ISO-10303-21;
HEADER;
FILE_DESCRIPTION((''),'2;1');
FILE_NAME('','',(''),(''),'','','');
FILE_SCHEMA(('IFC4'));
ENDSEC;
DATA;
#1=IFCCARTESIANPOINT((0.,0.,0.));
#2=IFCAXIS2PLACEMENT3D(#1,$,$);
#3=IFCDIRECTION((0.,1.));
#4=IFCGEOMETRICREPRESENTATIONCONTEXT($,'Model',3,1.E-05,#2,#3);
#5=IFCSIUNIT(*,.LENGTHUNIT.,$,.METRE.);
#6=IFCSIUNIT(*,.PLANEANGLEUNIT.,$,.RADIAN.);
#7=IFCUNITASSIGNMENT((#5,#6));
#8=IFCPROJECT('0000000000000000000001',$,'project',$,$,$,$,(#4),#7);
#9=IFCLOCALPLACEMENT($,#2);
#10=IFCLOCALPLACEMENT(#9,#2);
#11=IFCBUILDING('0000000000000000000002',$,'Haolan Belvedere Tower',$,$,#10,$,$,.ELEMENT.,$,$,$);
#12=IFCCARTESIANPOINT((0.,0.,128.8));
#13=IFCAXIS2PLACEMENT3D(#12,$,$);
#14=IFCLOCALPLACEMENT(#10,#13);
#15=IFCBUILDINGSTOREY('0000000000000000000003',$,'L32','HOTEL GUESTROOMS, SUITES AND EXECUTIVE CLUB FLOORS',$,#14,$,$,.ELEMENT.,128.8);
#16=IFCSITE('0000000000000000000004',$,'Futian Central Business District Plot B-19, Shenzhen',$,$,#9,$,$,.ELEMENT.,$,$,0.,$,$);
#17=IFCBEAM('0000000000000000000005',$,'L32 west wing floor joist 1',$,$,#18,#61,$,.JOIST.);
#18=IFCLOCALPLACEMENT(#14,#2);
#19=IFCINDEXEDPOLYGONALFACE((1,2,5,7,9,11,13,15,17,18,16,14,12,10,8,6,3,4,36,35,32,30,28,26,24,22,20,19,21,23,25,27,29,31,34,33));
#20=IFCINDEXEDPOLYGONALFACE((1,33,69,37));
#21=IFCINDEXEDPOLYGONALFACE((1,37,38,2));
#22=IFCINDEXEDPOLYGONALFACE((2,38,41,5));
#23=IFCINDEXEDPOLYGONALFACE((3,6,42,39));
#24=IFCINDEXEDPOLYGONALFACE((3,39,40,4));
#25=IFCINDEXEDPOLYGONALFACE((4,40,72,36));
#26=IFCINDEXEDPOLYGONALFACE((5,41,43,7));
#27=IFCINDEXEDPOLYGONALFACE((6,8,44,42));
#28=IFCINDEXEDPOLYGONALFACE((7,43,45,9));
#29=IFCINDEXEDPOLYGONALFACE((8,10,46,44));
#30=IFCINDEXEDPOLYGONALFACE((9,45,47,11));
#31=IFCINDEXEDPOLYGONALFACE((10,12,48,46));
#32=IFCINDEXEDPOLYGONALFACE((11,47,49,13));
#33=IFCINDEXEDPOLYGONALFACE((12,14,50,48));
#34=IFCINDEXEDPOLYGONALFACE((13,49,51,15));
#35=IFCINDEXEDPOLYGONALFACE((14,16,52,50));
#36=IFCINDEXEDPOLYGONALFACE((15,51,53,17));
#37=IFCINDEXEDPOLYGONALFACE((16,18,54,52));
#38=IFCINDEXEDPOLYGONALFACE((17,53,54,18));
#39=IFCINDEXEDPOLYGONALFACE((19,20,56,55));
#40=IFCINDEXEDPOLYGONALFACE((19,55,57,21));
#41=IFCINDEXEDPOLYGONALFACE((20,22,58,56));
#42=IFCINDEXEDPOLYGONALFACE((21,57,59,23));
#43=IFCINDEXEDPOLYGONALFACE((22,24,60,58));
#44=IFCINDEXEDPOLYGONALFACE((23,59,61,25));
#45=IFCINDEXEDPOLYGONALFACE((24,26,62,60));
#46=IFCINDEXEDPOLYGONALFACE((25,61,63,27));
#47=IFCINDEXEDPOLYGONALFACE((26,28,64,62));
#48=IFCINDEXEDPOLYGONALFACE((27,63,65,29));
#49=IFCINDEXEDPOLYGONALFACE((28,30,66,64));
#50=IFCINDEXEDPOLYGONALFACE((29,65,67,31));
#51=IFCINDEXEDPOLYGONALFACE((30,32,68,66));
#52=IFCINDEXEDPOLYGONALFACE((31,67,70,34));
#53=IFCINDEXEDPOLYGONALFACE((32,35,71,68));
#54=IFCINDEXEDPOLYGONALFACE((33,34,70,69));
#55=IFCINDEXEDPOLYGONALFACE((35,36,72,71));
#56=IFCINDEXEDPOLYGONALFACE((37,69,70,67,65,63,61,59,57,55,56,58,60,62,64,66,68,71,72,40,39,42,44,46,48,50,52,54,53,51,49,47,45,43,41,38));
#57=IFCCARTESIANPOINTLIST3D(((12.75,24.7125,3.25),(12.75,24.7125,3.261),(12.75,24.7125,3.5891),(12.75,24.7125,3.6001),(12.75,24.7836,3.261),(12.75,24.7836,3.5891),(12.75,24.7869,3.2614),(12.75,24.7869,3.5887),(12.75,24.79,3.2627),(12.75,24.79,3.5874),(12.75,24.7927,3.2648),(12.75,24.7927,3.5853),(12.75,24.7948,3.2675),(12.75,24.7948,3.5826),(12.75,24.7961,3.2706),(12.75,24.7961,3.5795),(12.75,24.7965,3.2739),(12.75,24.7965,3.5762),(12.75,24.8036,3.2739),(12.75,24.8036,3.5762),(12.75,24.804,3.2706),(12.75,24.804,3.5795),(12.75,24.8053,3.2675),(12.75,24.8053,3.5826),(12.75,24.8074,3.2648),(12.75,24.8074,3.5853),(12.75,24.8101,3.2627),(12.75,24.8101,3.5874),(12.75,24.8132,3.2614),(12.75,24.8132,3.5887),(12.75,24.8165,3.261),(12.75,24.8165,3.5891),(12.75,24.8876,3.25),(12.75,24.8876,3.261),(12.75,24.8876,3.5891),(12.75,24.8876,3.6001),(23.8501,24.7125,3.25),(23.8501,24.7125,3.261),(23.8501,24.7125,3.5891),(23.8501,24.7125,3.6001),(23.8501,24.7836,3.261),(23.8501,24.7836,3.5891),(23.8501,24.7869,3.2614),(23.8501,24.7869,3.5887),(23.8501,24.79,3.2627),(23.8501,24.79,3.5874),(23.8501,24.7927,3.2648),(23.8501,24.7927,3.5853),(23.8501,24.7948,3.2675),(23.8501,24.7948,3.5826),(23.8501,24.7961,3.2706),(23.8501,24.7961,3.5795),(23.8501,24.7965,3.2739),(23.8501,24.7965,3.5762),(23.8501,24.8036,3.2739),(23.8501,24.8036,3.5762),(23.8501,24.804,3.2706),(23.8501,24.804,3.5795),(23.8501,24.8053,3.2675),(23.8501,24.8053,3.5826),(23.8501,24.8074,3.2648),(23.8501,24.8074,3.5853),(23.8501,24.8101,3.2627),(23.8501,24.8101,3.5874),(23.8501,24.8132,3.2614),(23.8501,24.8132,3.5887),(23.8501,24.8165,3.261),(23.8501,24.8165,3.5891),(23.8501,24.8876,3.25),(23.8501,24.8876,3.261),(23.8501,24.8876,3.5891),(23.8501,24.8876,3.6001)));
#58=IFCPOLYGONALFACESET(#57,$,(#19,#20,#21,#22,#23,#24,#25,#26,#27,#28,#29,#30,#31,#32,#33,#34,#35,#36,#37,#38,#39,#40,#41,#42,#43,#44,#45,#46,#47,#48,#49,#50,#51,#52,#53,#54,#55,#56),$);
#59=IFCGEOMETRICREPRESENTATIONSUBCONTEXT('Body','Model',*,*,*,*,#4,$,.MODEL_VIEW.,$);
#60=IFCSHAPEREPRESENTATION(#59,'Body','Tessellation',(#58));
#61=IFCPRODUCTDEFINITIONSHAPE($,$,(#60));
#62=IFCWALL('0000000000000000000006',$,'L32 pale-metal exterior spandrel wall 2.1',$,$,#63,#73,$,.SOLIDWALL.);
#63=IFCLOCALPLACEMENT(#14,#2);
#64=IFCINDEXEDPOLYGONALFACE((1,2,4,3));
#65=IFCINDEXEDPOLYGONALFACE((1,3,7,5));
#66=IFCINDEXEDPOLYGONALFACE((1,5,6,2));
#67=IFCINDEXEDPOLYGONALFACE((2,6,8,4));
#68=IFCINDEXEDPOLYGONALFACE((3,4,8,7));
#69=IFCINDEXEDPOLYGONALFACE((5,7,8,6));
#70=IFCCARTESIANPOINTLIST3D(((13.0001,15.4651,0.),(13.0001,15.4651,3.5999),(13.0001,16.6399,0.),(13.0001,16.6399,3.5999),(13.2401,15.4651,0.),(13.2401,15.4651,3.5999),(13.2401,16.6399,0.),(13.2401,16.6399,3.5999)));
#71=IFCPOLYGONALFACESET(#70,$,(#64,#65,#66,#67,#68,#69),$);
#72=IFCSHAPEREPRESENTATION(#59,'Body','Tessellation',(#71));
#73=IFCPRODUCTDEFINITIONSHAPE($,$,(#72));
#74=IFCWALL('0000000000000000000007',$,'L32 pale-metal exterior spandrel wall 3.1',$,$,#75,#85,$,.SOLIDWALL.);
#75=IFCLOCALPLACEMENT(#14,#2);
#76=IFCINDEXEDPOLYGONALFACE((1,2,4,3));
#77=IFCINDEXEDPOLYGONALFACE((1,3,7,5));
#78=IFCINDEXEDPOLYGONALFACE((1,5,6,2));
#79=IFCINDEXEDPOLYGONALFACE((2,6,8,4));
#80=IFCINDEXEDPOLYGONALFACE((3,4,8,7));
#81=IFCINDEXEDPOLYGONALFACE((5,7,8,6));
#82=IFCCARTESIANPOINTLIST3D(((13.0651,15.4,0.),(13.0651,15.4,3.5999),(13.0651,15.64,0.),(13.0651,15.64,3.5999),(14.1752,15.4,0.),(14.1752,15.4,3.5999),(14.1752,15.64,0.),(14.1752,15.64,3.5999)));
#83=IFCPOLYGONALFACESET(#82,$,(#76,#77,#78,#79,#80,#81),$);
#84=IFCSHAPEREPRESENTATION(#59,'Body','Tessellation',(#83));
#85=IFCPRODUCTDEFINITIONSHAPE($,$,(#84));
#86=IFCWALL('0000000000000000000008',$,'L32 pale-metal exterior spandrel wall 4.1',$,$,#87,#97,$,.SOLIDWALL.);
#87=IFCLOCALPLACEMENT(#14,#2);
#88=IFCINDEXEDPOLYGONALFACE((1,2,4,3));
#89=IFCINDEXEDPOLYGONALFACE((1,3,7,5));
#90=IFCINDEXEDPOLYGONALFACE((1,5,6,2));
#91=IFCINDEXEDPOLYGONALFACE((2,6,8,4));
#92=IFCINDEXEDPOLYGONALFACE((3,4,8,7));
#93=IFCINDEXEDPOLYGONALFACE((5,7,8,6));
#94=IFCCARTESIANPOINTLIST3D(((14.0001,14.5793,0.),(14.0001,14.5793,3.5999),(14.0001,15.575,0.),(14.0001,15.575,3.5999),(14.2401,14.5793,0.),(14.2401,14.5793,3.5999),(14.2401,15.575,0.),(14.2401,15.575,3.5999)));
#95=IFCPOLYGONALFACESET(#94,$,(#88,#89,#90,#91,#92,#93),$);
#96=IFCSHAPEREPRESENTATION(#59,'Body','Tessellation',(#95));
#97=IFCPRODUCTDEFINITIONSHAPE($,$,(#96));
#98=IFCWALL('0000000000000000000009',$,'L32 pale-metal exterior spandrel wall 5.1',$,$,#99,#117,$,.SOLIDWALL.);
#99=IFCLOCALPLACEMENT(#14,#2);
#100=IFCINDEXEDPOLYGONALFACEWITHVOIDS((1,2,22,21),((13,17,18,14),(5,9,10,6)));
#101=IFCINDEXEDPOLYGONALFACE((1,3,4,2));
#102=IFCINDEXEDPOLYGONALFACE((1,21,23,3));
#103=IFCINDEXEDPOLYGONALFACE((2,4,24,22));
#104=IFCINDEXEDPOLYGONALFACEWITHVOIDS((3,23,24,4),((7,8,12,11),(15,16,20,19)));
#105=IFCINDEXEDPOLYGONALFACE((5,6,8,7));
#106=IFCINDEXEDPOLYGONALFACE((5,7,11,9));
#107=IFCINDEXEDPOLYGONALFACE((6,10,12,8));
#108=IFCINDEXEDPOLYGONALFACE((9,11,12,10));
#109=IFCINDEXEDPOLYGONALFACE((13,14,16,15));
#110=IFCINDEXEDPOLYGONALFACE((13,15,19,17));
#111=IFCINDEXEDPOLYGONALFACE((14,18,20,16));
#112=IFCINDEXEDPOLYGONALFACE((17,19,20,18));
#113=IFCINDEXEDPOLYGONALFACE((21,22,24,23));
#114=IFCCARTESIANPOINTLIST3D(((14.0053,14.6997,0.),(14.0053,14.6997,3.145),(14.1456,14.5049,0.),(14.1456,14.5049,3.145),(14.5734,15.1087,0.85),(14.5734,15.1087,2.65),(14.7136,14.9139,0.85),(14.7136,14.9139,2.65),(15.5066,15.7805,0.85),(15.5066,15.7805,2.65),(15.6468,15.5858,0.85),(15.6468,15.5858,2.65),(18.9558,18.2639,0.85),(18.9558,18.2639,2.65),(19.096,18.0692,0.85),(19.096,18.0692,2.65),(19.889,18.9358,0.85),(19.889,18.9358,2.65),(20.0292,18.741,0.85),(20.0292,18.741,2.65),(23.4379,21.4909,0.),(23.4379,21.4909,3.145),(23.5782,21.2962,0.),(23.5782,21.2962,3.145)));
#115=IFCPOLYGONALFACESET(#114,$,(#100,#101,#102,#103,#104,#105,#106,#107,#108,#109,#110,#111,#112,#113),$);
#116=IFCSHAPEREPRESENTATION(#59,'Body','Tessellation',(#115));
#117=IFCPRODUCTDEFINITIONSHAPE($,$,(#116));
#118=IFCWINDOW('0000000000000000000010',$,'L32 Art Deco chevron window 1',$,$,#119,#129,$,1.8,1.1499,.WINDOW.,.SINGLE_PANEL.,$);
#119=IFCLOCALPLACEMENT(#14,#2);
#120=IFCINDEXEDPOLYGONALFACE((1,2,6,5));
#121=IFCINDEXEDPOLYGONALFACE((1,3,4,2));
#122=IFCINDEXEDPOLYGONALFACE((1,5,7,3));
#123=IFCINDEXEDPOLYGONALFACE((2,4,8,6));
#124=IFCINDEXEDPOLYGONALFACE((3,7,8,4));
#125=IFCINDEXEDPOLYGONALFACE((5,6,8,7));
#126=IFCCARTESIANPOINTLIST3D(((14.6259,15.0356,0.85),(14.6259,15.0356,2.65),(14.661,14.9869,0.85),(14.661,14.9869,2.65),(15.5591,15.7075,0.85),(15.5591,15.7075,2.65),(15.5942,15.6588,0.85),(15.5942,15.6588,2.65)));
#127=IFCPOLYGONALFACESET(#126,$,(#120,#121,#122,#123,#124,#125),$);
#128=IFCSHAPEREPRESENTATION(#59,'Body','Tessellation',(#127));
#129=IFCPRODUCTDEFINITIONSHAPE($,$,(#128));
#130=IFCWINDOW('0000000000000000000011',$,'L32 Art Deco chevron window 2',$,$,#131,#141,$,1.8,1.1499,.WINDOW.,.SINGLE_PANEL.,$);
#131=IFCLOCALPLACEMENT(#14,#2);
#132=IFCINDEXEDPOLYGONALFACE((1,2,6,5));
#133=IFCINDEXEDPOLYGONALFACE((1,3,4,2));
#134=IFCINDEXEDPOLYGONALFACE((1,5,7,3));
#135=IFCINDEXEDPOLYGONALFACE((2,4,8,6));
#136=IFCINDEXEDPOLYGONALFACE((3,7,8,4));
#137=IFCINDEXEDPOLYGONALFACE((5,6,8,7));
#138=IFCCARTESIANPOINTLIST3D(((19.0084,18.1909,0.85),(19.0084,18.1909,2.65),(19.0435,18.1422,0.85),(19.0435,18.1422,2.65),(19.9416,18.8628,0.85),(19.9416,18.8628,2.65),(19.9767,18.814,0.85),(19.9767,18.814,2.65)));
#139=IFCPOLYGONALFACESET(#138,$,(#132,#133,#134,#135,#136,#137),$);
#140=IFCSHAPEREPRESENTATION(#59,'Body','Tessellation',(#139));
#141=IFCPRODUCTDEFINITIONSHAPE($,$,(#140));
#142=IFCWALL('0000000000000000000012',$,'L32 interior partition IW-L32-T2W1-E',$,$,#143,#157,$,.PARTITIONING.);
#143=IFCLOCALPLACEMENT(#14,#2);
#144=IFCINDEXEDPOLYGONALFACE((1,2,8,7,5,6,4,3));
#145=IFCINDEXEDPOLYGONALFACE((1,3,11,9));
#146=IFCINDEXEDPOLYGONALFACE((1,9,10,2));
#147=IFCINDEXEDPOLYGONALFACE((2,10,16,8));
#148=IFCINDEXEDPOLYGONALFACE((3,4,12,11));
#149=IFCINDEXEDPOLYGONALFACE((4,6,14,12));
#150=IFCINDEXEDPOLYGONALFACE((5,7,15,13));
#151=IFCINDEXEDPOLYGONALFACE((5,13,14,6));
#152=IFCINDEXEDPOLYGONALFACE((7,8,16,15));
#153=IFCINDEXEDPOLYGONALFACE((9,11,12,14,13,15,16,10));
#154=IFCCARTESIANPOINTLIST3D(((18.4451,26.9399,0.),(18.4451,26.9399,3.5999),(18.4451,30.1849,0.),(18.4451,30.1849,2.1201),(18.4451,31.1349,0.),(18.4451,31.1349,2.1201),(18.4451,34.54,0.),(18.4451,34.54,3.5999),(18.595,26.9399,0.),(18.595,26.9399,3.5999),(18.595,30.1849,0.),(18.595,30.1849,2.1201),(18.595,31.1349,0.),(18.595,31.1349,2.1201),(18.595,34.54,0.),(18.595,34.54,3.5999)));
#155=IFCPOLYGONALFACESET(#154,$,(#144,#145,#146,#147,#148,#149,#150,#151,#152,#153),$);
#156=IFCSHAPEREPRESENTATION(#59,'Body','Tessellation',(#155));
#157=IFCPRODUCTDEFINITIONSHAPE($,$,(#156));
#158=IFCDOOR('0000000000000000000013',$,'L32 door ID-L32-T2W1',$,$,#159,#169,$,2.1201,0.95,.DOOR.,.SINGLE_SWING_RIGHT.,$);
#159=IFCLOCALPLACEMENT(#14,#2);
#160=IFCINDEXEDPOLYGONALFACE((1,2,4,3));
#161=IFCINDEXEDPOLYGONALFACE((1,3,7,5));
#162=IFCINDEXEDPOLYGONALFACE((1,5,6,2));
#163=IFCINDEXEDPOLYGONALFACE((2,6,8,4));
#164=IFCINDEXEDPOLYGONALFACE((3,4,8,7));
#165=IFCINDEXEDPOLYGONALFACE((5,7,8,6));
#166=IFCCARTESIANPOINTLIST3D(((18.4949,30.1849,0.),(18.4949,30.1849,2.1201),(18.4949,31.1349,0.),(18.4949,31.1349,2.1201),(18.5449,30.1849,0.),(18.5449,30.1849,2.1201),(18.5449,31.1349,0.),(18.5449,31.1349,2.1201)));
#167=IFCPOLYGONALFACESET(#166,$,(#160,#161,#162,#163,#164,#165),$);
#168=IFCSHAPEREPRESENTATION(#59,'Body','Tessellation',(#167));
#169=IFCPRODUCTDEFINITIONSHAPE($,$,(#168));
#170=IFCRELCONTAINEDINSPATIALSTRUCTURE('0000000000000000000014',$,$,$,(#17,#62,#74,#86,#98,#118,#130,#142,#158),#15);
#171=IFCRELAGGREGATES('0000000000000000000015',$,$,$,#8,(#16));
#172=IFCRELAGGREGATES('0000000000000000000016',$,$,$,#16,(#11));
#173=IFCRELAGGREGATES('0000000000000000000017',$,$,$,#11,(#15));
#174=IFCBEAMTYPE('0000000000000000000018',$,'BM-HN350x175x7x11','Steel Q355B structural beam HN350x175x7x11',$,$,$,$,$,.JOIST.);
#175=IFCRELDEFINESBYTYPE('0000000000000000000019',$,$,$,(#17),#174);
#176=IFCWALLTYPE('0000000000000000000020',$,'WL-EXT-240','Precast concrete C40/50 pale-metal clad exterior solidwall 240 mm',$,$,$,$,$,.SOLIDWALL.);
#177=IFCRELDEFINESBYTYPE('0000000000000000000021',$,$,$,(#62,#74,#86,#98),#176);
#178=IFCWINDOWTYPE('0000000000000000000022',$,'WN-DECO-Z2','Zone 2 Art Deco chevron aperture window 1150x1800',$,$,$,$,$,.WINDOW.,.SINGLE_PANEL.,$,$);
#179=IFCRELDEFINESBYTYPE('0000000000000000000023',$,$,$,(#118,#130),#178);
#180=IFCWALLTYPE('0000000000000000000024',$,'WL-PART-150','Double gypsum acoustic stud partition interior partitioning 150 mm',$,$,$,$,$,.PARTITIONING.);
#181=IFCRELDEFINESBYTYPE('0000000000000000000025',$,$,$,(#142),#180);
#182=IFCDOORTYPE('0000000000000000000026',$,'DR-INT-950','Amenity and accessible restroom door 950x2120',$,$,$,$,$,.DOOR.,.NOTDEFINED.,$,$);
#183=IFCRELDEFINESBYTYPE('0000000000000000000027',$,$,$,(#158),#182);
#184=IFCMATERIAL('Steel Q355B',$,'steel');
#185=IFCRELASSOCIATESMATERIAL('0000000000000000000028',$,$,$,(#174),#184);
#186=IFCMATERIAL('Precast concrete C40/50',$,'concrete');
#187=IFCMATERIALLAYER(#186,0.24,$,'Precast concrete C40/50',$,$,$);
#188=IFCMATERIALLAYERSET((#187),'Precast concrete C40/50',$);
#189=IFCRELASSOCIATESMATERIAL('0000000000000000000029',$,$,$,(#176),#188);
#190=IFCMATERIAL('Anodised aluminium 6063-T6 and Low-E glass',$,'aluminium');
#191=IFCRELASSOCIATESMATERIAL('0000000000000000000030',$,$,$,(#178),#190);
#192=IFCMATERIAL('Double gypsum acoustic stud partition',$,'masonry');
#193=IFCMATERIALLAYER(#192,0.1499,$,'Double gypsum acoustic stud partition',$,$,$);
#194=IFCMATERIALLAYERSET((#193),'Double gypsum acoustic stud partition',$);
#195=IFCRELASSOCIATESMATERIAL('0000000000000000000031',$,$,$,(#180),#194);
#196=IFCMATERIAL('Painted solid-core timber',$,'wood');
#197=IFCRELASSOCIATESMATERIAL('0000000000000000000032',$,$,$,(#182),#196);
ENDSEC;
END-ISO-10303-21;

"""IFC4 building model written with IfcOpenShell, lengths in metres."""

from ifc_helpers import new_model, si_unit, direction, frame, frame_2d, origin, origin_2d, place, context, subcontext, project, spatial, rectangle, i_section, extrude, material, layer, layer_set, material_profile, profile_set, type_object, element, fill, save


model = new_model("IFC4")

# Units and contexts
model_context = context("Model", 3, precision=1e-05, world=origin(), true_north=direction((0.0, 1.0)))
body_context = subcontext(model_context, "Body", "Model", "MODEL_VIEW")
ifc_project = project(units=[si_unit("LENGTHUNIT", "METRE"), si_unit("PLANEANGLEUNIT", "RADIAN")], contexts=[model_context])

# Site, building, storey
site_placement = place(None, origin())
site = spatial("IfcSite", under=ifc_project, at=site_placement, Name="Futian Central Business District Plot B-19, Shenzhen", CompositionType="ELEMENT", RefElevation=0.0)
building_placement = place(site_placement, origin())
building = spatial("IfcBuilding", under=site, at=building_placement, Name="Haolan Belvedere Tower", CompositionType="ELEMENT")
storey_placement = place(building_placement, frame((0.0, 0.0, 128.8)))
storey = spatial("IfcBuildingStorey", under=building, at=storey_placement, Name="L32", Description="HOTEL GUESTROOMS, SUITES AND EXECUTIVE CLUB FLOORS", CompositionType="ELEMENT", Elevation=128.8)

# Beam
ifc_material_1 = material(Name="Steel Q355B", Category="steel")
ifc_material_profile_1 = material_profile(ifc_material_1, i_section(OverallWidth=0.175, OverallDepth=0.3501, WebThickness=0.0071, FlangeThickness=0.011, FilletRadius=0.0129, at=origin_2d()), Name="Steel Q355B")
ifc_profile_set_1 = profile_set([ifc_material_profile_1], Name="Steel Q355B")
beam_type_1 = type_object("IfcBeamType", Name="BM-HN350x175x7x11", Description="Steel Q355B structural beam HN350x175x7x11", PredefinedType="JOIST", material=ifc_profile_set_1)
beam_1_placement = place(storey_placement, frame((12.75, 24.8, 3.425), z_axis=(1.0, 0.0, 0.0), x_axis=(0.0, 1.0, 0.0)))
element("IfcBeam", 1, at=beam_1_placement, inside=storey, type_object=beam_type_1, Name="L32 west wing floor joist 1", PredefinedType="JOIST", context=body_context, shape_type="SweptSolid", body=[
    extrude(i_section(OverallWidth=0.175, OverallDepth=0.3501, WebThickness=0.0071, FlangeThickness=0.011, FilletRadius=0.0129, at=origin_2d()), origin(), (0.0, 0.0, 1.0), 11.1001),
])

# Walls
ifc_material_2 = material(Name="Precast concrete C40/50", Category="concrete")
ifc_layer_1 = layer(ifc_material_2, 0.24, Name="Precast concrete C40/50")
ifc_layer_set_1 = layer_set([ifc_layer_1], Name="Precast concrete C40/50")
wall_type_1 = type_object("IfcWallType", Name="WL-EXT-240", Description="Precast concrete C40/50 pale-metal clad exterior solidwall 240 mm", PredefinedType="SOLIDWALL", material=ifc_layer_set_1)
wall_1_placement = place(storey_placement, frame((13.1201, 16.6399, 0.0), z_axis=(0.0, 0.0, 1.0), x_axis=(0.0, -1.0, 0.0)))
element("IfcWall", 2, at=wall_1_placement, inside=storey, type_object=wall_type_1, Name="L32 pale-metal exterior spandrel wall 2.1", PredefinedType="SOLIDWALL", context=body_context, shape_type="SweptSolid", body=[
    extrude(rectangle(XDim=1.1748, YDim=0.24, at=frame_2d((0.5874, 0.0))), origin(), (0.0, 0.0, 1.0), 3.5999),
])
wall_2_placement = place(storey_placement, frame((13.0649, 15.52, 0.0), z_axis=(0.0, 0.0, 1.0), x_axis=(1.0, 0.0, 0.0)))
element("IfcWall", 3, at=wall_2_placement, inside=storey, type_object=wall_type_1, Name="L32 pale-metal exterior spandrel wall 3.1", PredefinedType="SOLIDWALL", context=body_context, shape_type="SweptSolid", body=[
    extrude(rectangle(XDim=1.1101, YDim=0.24, at=frame_2d((0.5552, 0.0))), origin(), (0.0, 0.0, 1.0), 3.5999),
])
wall_3_placement = place(storey_placement, frame((14.1201, 15.575, 0.0), z_axis=(0.0, 0.0, 1.0), x_axis=(0.0, -1.0, 0.0)))
element("IfcWall", 4, at=wall_3_placement, inside=storey, type_object=wall_type_1, Name="L32 pale-metal exterior spandrel wall 4.1", PredefinedType="SOLIDWALL", context=body_context, shape_type="SweptSolid", body=[
    extrude(rectangle(XDim=0.9956, YDim=0.24, at=frame_2d((0.4978, 0.0))), origin(), (0.0, 0.0, 1.0), 3.5999),
])

# Wall, openings, windows
wall_4_placement = place(storey_placement, frame((14.0754, 14.6023, 0.0), z_axis=(0.0, 0.0, 1.0), x_axis=(0.811544, 0.584292, 0.0)))
wall_4 = element("IfcWall", 5, at=wall_4_placement, inside=storey, type_object=wall_type_1, Name="L32 pale-metal exterior spandrel wall 5.1", PredefinedType="SOLIDWALL", context=body_context, shape_type="SweptSolid", body=[
    extrude(rectangle(XDim=11.623, YDim=0.24, at=frame_2d((5.8115, 0.0))), origin(), (0.0, 0.0, 1.0), 3.145),
])
opening_1_placement = place(wall_4_placement, frame((0.7, 0.0, 0.8501)))
opening_1 = element("IfcOpeningElement", 6, at=opening_1_placement, cuts=wall_4, PredefinedType="OPENING", context=body_context, shape_type="SweptSolid", body=[
    extrude(rectangle(XDim=1.1499, YDim=1.8, at=frame_2d((0.575, 0.8999))), frame((0.0, 0.1299, 0.0), z_axis=(0.0, -1.0, 0.0), x_axis=(1.0, 0.0, 0.0)), (0.0, 0.0, 1.0), 0.26),
])
opening_2_placement = place(wall_4_placement, frame((6.1001, 0.0, 0.8501)))
opening_2 = element("IfcOpeningElement", 7, at=opening_2_placement, cuts=wall_4, PredefinedType="OPENING", context=body_context, shape_type="SweptSolid", body=[
    extrude(rectangle(XDim=1.1499, YDim=1.8, at=frame_2d((0.575, 0.8999))), frame((0.0, 0.1299, 0.0), z_axis=(0.0, -1.0, 0.0), x_axis=(1.0, 0.0, 0.0)), (0.0, 0.0, 1.0), 0.26),
])
ifc_material_3 = material(Name="Anodised aluminium 6063-T6 and Low-E glass", Category="aluminium")
window_type = type_object("IfcWindowType", Name="WN-DECO-Z2", Description="Zone 2 Art Deco chevron aperture window 1150x1800", PartitioningType="SINGLE_PANEL", PredefinedType="WINDOW", material=ifc_material_3)
window_1_placement = place(opening_1_placement, origin())
window_1 = element("IfcWindow", 8, at=window_1_placement, inside=storey, type_object=window_type, Name="L32 Art Deco chevron window 1", OverallHeight=1.8, OverallWidth=1.1499, PartitioningType="SINGLE_PANEL", PredefinedType="WINDOW", context=body_context, shape_type="SweptSolid", body=[
    extrude(rectangle(XDim=1.1499, YDim=1.8, at=frame_2d((0.575, 0.8999))), frame((0.0, 0.03, 0.0), z_axis=(0.0, -1.0, 0.0), x_axis=(1.0, 0.0, 0.0)), (0.0, 0.0, 1.0), 0.0601),
])
fill(opening_1, window_1)
window_2_placement = place(opening_2_placement, origin())
window_2 = element("IfcWindow", 9, at=window_2_placement, inside=storey, type_object=window_type, Name="L32 Art Deco chevron window 2", OverallHeight=1.8, OverallWidth=1.1499, PartitioningType="SINGLE_PANEL", PredefinedType="WINDOW", context=body_context, shape_type="SweptSolid", body=[
    extrude(rectangle(XDim=1.1499, YDim=1.8, at=frame_2d((0.575, 0.8999))), frame((0.0, 0.03, 0.0), z_axis=(0.0, -1.0, 0.0), x_axis=(1.0, 0.0, 0.0)), (0.0, 0.0, 1.0), 0.0601),
])
fill(opening_2, window_2)

# Wall, opening, door
ifc_material_4 = material(Name="Double gypsum acoustic stud partition", Category="masonry")
ifc_layer_2 = layer(ifc_material_4, 0.1499, Name="Double gypsum acoustic stud partition")
ifc_layer_set_2 = layer_set([ifc_layer_2], Name="Double gypsum acoustic stud partition")
wall_type_2 = type_object("IfcWallType", Name="WL-PART-150", Description="Double gypsum acoustic stud partition interior partitioning 150 mm", PredefinedType="PARTITIONING", material=ifc_layer_set_2)
wall_5_placement = place(storey_placement, frame((18.52, 26.9399, 0.0), z_axis=(0.0, 0.0, 1.0), x_axis=(0.0, 1.0, 0.0)))
wall_5 = element("IfcWall", 10, at=wall_5_placement, inside=storey, type_object=wall_type_2, Name="L32 interior partition IW-L32-T2W1-E", PredefinedType="PARTITIONING", context=body_context, shape_type="SweptSolid", body=[
    extrude(rectangle(XDim=7.6001, YDim=0.1499, at=frame_2d((3.8, 0.0))), origin(), (0.0, 0.0, 1.0), 3.5999),
])
opening_3_placement = place(wall_5_placement, frame((4.1951, 0.0, 0.0), z_axis=(0.0, 0.0, 1.0), x_axis=(-1.0, 0.0, 0.0)))
opening_3 = element("IfcOpeningElement", 11, at=opening_3_placement, cuts=wall_5, PredefinedType="OPENING", context=body_context, shape_type="SweptSolid", body=[
    extrude(rectangle(XDim=0.95, YDim=2.1201, at=frame_2d((0.4751, 1.0601))), frame((0.0, 0.085, 0.0), z_axis=(0.0, -1.0, 0.0), x_axis=(1.0, 0.0, 0.0)), (0.0, 0.0, 1.0), 0.1699),
])
ifc_material_5 = material(Name="Painted solid-core timber", Category="wood")
door_type_1 = type_object("IfcDoorType", Name="DR-INT-950", Description="Amenity and accessible restroom door 950x2120", OperationType="NOTDEFINED", PredefinedType="DOOR", material=ifc_material_5)
door_1_placement = place(opening_3_placement, origin())
door_1 = element("IfcDoor", 12, at=door_1_placement, inside=storey, type_object=door_type_1, Name="L32 door ID-L32-T2W1", OperationType="SINGLE_SWING_RIGHT", OverallHeight=2.1201, OverallWidth=0.95, PredefinedType="DOOR", context=body_context, shape_type="SweptSolid", body=[
    extrude(rectangle(XDim=0.95, YDim=2.1201, at=frame_2d((0.4751, 1.0601))), frame((0.0, 0.0249, 0.0), z_axis=(0.0, -1.0, 0.0), x_axis=(1.0, 0.0, 0.0)), (0.0, 0.0, 1.0), 0.05),
])
fill(opening_3, door_1)

save(model, "model.ifc")
